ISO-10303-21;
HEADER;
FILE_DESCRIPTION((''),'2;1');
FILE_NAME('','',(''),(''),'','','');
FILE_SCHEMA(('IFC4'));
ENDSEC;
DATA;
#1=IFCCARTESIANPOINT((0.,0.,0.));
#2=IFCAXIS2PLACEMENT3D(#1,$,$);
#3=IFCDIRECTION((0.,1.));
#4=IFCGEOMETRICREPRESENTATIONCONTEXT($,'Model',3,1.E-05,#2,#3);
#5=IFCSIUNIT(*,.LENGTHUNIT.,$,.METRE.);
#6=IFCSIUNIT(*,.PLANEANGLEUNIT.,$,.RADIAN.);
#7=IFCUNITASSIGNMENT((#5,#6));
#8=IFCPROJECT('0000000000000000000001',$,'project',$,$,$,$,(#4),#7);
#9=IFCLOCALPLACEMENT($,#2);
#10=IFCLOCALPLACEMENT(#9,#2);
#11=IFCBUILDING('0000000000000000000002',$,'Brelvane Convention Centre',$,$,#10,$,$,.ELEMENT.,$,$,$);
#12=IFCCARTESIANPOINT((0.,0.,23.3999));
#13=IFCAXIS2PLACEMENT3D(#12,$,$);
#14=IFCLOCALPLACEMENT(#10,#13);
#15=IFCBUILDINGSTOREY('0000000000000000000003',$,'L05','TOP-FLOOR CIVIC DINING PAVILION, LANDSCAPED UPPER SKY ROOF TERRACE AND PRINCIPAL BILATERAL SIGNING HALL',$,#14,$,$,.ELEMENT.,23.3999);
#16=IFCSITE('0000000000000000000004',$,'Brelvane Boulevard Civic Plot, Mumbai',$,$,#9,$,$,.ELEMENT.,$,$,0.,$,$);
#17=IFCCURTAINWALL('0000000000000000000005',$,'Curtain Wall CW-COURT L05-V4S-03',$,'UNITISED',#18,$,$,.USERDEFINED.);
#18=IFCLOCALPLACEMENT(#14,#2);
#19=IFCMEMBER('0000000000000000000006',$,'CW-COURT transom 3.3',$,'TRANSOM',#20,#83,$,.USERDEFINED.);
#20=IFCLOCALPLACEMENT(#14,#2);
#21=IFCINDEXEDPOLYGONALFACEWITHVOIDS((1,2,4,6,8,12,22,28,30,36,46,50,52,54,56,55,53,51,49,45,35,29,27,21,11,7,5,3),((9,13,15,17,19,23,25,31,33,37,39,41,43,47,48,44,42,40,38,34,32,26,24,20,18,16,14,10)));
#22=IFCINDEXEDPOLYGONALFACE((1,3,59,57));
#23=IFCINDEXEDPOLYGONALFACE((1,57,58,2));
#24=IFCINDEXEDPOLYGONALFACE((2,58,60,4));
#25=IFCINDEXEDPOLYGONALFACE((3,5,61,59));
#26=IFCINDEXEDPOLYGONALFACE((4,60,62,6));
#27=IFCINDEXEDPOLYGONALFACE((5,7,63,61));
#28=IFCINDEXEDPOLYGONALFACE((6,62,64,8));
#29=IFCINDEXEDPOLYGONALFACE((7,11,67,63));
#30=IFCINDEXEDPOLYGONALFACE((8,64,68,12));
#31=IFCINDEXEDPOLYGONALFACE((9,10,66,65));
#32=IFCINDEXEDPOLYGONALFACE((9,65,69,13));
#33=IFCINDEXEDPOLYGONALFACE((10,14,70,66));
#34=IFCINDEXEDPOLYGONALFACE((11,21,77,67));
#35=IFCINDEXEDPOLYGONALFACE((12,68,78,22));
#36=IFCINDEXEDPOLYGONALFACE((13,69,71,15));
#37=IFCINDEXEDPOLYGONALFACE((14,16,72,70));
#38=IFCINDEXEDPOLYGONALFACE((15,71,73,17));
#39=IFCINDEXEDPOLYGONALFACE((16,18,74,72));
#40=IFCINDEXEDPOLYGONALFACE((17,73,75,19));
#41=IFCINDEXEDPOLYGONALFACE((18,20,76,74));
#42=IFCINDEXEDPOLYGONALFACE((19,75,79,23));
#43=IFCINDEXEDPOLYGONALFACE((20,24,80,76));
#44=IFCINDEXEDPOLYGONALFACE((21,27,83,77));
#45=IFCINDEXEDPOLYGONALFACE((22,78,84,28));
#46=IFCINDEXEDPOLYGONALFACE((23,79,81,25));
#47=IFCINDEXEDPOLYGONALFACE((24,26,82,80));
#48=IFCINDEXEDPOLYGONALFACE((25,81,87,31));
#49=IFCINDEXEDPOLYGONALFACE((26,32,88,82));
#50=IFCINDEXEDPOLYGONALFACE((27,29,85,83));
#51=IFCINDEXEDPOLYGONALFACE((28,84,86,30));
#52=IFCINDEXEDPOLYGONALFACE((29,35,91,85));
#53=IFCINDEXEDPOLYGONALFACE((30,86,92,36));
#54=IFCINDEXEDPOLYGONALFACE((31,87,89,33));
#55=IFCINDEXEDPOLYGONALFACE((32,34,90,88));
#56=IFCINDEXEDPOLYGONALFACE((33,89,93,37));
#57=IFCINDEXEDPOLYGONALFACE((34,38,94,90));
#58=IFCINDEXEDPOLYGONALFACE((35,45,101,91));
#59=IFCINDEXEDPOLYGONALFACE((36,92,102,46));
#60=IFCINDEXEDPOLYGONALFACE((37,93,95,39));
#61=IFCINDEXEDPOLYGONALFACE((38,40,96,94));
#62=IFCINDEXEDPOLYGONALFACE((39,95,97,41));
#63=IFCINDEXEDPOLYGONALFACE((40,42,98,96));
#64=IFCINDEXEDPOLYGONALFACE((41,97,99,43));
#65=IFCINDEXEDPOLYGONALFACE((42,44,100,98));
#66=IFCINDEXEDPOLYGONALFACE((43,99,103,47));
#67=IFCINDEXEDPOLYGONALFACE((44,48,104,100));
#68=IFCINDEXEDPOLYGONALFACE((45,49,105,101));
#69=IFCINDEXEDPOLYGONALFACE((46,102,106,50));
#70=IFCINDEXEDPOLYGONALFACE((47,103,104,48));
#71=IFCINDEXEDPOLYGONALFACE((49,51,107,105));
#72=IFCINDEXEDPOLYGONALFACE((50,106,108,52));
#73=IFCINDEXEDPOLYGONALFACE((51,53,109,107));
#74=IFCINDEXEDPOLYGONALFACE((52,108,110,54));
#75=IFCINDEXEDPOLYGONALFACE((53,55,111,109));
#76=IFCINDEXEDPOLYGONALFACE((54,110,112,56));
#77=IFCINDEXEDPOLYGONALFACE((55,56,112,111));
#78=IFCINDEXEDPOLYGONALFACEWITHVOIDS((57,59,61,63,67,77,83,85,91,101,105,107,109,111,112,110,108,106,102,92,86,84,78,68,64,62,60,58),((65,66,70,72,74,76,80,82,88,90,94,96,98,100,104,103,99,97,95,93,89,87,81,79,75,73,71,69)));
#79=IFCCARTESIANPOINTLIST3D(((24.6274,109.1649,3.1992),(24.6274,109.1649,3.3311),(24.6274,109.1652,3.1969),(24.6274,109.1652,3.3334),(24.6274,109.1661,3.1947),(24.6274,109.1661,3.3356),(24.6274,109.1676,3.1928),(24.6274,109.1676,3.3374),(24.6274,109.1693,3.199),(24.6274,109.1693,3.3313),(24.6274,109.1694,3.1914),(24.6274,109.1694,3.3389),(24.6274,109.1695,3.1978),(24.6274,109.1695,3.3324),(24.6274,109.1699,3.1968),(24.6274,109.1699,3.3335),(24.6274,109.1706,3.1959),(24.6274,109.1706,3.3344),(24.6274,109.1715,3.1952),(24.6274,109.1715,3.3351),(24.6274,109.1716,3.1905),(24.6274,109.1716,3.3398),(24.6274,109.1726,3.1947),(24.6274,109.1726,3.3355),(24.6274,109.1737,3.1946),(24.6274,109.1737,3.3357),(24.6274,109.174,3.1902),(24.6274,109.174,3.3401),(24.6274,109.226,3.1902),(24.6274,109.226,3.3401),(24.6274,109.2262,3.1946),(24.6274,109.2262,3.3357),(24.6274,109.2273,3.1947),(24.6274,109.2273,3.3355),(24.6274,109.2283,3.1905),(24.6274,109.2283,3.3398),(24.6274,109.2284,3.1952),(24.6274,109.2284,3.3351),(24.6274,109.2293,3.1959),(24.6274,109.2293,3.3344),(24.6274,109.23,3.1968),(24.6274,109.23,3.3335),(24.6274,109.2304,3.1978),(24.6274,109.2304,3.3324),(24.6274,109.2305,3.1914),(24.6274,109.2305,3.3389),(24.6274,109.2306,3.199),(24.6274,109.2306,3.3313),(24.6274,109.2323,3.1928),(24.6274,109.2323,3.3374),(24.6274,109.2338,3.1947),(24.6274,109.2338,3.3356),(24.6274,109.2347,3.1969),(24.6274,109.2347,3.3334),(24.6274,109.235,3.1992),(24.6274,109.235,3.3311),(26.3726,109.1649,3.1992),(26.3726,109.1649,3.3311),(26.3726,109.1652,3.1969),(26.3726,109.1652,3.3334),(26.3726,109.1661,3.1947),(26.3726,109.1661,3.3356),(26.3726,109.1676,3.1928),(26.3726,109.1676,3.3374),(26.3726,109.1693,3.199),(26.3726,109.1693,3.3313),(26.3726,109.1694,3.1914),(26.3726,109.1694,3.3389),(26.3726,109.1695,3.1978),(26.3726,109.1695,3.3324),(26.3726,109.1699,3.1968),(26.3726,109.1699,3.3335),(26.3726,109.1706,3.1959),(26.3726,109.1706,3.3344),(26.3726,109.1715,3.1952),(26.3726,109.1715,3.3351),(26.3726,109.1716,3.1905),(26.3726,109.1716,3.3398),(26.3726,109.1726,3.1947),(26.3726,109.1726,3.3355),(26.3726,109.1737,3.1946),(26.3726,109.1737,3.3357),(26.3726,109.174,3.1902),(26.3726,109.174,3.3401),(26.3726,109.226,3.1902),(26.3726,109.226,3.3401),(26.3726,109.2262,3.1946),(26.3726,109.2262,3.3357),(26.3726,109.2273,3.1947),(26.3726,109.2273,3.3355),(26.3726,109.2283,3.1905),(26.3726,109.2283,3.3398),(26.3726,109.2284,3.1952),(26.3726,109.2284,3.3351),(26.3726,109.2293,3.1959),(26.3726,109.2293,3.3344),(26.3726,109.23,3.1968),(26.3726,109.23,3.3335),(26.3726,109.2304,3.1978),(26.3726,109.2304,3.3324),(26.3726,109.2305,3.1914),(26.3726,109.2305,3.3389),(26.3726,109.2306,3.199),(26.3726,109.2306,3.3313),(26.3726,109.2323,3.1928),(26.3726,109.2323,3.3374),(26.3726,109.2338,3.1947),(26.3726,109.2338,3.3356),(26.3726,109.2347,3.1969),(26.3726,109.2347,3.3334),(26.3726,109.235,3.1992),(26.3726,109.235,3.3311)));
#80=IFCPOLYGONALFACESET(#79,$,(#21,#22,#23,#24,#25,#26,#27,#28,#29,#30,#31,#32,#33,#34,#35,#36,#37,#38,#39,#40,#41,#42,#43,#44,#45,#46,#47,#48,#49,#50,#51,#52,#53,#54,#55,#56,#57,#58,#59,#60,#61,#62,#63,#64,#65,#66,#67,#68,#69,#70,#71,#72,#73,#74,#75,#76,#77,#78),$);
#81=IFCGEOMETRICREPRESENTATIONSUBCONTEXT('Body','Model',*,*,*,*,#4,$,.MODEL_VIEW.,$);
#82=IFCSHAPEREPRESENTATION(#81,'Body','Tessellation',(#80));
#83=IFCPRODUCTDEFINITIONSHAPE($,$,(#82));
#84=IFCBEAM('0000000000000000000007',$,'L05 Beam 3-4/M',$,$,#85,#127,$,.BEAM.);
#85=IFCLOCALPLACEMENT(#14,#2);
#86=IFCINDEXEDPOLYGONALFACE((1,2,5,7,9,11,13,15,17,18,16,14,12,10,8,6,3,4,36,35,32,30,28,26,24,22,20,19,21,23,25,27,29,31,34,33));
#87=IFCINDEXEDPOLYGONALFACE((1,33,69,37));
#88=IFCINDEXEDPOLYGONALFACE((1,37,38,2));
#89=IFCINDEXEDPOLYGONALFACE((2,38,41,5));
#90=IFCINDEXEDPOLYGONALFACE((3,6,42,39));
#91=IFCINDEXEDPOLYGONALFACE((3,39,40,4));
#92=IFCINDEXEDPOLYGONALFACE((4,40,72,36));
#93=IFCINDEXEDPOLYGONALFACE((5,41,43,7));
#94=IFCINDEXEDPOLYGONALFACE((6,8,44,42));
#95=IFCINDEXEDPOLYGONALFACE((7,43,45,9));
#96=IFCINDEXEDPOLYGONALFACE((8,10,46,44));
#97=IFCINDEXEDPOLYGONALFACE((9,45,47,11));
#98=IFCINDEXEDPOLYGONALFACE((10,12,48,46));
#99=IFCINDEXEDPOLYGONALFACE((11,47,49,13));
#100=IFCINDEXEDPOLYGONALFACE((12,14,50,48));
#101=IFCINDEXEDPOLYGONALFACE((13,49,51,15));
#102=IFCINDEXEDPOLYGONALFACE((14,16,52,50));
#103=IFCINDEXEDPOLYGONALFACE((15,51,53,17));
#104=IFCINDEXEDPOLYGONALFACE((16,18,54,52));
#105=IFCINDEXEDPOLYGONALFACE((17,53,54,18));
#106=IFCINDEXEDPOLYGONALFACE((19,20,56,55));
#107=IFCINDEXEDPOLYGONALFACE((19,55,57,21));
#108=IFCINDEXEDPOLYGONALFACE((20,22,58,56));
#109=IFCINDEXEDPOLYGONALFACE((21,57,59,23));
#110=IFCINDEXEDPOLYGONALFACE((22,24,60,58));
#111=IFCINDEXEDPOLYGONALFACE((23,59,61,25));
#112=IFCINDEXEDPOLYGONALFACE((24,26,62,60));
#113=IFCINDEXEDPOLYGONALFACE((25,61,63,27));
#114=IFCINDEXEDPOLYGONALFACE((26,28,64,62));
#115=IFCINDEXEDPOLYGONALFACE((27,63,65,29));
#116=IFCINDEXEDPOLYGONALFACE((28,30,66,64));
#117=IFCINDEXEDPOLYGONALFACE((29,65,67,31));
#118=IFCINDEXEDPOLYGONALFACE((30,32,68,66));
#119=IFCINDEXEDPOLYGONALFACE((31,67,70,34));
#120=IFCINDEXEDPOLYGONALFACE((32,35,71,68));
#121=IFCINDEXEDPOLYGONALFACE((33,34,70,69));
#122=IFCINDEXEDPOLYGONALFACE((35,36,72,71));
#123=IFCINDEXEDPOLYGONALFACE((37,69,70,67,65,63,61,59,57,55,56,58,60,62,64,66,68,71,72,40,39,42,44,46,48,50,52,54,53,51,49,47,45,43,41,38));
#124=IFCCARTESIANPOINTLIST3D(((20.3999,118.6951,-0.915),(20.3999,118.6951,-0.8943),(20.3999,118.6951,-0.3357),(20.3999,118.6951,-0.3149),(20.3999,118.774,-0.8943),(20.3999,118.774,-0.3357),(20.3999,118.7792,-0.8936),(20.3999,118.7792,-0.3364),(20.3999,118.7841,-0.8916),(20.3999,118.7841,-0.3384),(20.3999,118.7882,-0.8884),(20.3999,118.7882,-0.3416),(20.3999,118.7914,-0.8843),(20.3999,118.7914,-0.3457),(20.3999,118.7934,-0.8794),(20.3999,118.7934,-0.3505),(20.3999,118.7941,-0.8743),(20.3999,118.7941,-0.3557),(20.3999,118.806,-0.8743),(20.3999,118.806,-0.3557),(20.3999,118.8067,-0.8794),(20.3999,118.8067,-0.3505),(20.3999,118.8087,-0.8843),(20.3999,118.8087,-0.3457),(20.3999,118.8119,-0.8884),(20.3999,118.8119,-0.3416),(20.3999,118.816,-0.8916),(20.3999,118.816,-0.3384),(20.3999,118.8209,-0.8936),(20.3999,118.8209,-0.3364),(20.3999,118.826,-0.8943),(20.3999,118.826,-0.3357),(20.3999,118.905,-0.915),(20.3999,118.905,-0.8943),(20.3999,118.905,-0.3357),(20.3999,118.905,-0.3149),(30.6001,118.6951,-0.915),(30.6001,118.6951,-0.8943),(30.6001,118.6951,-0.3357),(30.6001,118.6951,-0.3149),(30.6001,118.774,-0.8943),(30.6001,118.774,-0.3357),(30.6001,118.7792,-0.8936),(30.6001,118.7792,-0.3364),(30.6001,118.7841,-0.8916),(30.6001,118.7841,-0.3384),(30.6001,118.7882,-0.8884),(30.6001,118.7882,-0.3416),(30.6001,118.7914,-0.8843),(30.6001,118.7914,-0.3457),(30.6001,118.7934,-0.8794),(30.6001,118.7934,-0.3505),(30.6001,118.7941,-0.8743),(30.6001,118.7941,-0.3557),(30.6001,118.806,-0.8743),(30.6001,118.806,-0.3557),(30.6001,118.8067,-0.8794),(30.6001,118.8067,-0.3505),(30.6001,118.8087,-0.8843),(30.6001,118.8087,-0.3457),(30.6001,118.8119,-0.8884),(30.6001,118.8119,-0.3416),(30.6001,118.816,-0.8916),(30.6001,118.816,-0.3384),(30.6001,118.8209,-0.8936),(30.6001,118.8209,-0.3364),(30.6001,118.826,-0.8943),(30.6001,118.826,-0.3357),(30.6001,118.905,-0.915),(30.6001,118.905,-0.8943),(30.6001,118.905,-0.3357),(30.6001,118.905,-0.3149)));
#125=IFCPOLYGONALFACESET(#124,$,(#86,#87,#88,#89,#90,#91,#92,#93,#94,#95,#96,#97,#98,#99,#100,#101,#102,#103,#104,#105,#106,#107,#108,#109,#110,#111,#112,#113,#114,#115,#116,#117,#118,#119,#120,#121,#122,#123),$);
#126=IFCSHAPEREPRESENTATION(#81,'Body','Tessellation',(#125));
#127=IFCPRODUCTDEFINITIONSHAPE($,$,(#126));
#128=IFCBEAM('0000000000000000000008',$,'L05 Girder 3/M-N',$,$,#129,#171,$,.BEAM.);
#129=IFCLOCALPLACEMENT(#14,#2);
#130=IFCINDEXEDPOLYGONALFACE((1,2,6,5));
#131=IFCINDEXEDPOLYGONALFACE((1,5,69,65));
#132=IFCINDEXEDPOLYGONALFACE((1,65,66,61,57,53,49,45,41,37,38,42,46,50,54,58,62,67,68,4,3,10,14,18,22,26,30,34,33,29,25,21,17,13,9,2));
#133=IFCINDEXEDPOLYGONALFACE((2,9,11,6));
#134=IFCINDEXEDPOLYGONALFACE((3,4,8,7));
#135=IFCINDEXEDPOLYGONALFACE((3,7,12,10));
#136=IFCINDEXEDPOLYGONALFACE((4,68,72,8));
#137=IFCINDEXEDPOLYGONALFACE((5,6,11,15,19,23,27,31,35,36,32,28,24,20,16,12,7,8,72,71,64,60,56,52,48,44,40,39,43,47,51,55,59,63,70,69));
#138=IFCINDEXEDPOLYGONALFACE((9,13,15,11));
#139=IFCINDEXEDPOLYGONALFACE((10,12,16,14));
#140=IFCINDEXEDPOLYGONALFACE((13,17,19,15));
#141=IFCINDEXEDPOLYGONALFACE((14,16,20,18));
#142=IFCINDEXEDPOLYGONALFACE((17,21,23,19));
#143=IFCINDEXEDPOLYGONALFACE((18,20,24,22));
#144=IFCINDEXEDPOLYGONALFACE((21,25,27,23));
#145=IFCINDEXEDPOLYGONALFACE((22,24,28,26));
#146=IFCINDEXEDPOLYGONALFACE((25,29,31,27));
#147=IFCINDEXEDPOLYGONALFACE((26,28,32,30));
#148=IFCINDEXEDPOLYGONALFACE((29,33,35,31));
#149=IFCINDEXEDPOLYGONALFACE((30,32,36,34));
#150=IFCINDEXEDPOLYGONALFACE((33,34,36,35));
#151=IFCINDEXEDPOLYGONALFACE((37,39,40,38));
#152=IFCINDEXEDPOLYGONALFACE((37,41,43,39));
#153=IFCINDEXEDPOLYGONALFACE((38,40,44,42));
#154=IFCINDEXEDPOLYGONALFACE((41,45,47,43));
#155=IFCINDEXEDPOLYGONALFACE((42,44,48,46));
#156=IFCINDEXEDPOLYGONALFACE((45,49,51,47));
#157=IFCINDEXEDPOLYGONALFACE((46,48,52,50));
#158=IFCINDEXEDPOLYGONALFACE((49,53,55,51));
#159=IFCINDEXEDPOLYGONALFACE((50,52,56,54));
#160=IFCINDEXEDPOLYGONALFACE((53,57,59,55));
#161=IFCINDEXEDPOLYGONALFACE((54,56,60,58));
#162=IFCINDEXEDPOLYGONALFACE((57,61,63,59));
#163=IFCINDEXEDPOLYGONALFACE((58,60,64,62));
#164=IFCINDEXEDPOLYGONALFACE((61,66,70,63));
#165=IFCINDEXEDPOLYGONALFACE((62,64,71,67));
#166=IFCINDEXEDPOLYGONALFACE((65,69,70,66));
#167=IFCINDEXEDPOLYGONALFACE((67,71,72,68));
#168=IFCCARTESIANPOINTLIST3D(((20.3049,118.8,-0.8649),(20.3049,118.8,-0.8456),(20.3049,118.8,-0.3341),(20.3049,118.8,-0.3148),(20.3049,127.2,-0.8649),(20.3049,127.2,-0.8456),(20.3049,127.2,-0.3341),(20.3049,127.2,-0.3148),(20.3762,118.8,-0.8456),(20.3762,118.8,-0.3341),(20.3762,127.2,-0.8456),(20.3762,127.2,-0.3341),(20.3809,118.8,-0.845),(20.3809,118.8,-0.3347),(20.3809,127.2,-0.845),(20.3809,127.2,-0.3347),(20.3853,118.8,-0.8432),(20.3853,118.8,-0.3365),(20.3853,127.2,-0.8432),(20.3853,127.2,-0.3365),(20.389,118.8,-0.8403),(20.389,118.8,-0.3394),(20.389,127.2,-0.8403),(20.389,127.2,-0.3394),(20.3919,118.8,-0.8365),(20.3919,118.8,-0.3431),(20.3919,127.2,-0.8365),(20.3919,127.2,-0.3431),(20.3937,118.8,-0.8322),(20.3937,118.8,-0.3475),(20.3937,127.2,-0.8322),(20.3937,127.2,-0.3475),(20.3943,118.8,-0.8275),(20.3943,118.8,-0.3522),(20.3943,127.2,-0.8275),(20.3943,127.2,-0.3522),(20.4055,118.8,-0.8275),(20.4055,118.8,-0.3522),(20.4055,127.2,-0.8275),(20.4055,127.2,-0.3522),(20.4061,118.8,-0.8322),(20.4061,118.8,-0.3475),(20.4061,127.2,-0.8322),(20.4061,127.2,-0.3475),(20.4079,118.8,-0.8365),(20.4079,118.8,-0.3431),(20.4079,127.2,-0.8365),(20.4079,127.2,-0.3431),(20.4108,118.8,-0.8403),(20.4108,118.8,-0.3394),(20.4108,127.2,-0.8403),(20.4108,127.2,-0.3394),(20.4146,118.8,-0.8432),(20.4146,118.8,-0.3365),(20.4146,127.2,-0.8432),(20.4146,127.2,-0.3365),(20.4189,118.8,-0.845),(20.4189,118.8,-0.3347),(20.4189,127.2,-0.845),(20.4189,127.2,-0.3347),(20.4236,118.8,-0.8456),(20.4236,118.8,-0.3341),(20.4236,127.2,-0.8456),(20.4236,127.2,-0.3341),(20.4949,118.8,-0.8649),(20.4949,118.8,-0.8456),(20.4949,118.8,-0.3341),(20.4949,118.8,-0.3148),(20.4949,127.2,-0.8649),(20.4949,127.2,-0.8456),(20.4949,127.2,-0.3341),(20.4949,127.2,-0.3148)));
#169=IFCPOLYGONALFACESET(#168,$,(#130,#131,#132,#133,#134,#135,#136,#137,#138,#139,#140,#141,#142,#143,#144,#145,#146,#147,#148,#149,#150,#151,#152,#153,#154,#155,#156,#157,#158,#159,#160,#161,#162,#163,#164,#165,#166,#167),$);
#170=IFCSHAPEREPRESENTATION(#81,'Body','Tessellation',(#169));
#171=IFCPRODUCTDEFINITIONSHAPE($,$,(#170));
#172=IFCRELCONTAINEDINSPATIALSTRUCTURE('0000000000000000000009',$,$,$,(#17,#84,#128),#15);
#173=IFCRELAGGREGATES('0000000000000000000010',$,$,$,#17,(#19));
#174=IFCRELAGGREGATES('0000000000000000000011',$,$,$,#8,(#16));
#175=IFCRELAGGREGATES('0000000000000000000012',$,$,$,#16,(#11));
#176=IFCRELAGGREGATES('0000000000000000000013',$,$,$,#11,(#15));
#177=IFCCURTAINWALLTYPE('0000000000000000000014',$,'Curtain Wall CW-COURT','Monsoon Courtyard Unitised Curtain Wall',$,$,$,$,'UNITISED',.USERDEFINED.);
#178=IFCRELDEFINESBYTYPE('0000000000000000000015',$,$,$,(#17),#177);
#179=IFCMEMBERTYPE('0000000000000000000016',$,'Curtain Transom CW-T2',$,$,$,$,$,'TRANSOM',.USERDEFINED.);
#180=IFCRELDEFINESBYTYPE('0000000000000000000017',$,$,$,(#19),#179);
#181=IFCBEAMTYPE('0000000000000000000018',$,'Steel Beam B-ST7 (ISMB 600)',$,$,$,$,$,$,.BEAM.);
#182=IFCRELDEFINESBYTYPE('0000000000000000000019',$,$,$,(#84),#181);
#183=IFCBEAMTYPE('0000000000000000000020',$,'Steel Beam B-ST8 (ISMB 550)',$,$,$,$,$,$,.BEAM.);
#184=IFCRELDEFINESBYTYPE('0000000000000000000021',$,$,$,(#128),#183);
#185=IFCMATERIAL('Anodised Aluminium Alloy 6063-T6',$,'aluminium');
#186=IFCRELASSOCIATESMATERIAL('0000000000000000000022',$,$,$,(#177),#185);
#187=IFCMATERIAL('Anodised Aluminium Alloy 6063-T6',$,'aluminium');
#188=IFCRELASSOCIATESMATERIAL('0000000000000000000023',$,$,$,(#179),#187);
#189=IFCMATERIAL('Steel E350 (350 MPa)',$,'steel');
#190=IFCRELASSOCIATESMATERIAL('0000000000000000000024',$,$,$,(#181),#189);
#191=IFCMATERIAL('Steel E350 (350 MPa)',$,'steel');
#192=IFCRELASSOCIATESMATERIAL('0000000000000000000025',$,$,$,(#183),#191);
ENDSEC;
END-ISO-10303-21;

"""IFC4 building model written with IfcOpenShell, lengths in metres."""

from ifc_helpers import new_model, si_unit, direction, frame, origin, origin_2d, place, context, subcontext, project, spatial, hollow_rectangle, i_section, extrude, material, material_profile, profile_set, type_object, element, aggregate, save


model = new_model("IFC4")

# Units and contexts
model_context = context("Model", 3, precision=1e-05, world=origin(), true_north=direction((0.0, 1.0)))
body_context = subcontext(model_context, "Body", "Model", "MODEL_VIEW")
ifc_project = project(units=[si_unit("LENGTHUNIT", "METRE"), si_unit("PLANEANGLEUNIT", "RADIAN")], contexts=[model_context])

# Site, building, storey
site_placement = place(None, origin())
site = spatial("IfcSite", under=ifc_project, at=site_placement, Name="Brelvane Boulevard Civic Plot, Mumbai", CompositionType="ELEMENT", RefElevation=0.0)
building_placement = place(site_placement, origin())
building = spatial("IfcBuilding", under=site, at=building_placement, Name="Brelvane Convention Centre", CompositionType="ELEMENT")
storey_placement = place(building_placement, frame((0.0, 0.0, 23.3999)))
storey = spatial("IfcBuildingStorey", under=building, at=storey_placement, Name="L05", Description="TOP-FLOOR CIVIC DINING PAVILION, LANDSCAPED UPPER SKY ROOF TERRACE AND PRINCIPAL BILATERAL SIGNING HALL", CompositionType="ELEMENT", Elevation=23.3999)

# Curtain wall, member
ifc_material_1 = material(Name="Anodised Aluminium Alloy 6063-T6", Category="aluminium")
curtain_wall_type = type_object("IfcCurtainWallType", Name="Curtain Wall CW-COURT", Description="Monsoon Courtyard Unitised Curtain Wall", ElementType="UNITISED", PredefinedType="USERDEFINED", material=ifc_material_1)
curtain_wall_placement = place(storey_placement, origin())
curtain_wall = element("IfcCurtainWall", 1, at=curtain_wall_placement, inside=storey, type_object=curtain_wall_type, Name="Curtain Wall CW-COURT L05-V4S-03", ObjectType="UNITISED", PredefinedType="USERDEFINED")
ifc_material_2 = material(Name="Anodised Aluminium Alloy 6063-T6", Category="aluminium")
ifc_material_profile_1 = material_profile(ifc_material_2, hollow_rectangle(XDim=0.0701, YDim=0.1499, WallThickness=0.0044, InnerFilletRadius=0.0044, OuterFilletRadius=0.009, at=origin_2d()), Name="ALU-T 150x70x4.5")
ifc_profile_set_1 = profile_set([ifc_material_profile_1], Name="Anodised Aluminium Alloy 6063-T6")
member_type = type_object("IfcMemberType", Name="Curtain Transom CW-T2", ElementType="TRANSOM", PredefinedType="USERDEFINED", material=ifc_profile_set_1)
member_1_placement = place(storey_placement, frame((24.6274, 109.2, 3.2651), z_axis=(1.0, 0.0, 0.0), x_axis=(0.0, 1.0, 0.0)))
member_1 = element("IfcMember", 2, at=member_1_placement, type_object=member_type, Name="CW-COURT transom 3.3", ObjectType="TRANSOM", PredefinedType="USERDEFINED", context=body_context, shape_type="SweptSolid", body=[
    extrude(hollow_rectangle(XDim=0.0701, YDim=0.1499, WallThickness=0.0044, InnerFilletRadius=0.0044, OuterFilletRadius=0.009, at=origin_2d()), origin(), (0.0, 0.0, 1.0), 1.7451),
])

# Beams
ifc_material_3 = material(Name="Steel E350 (350 MPa)", Category="steel")
ifc_material_profile_2 = material_profile(ifc_material_3, i_section(OverallWidth=0.21, OverallDepth=0.6001, WebThickness=0.012, FlangeThickness=0.0208, FilletRadius=0.02, at=origin_2d()), Name="ISMB 600")
ifc_profile_set_2 = profile_set([ifc_material_profile_2], Name="Steel E350 (350 MPa)")
beam_type_1 = type_object("IfcBeamType", Name="Steel Beam B-ST7 (ISMB 600)", PredefinedType="BEAM", material=ifc_profile_set_2)
beam_1_placement = place(storey_placement, frame((20.3999, 118.8, -0.615), z_axis=(1.0, 0.0, 0.0), x_axis=(0.0, 1.0, 0.0)))
element("IfcBeam", 3, at=beam_1_placement, inside=storey, type_object=beam_type_1, Name="L05 Beam 3-4/M", PredefinedType="BEAM", context=body_context, shape_type="SweptSolid", body=[
    extrude(i_section(OverallWidth=0.21, OverallDepth=0.6001, WebThickness=0.012, FlangeThickness=0.0208, FilletRadius=0.02, at=origin_2d()), origin(), (0.0, 0.0, 1.0), 10.2002),
])
ifc_material_4 = material(Name="Steel E350 (350 MPa)", Category="steel")
ifc_material_profile_3 = material_profile(ifc_material_4, i_section(OverallWidth=0.1899, OverallDepth=0.55, WebThickness=0.0112, FlangeThickness=0.0193, FilletRadius=0.0181, at=origin_2d()), Name="ISMB 550")
ifc_profile_set_3 = profile_set([ifc_material_profile_3], Name="Steel E350 (350 MPa)")
beam_type_2 = type_object("IfcBeamType", Name="Steel Beam B-ST8 (ISMB 550)", PredefinedType="BEAM", material=ifc_profile_set_3)
beam_2_placement = place(storey_placement, frame((20.3999, 118.8, -0.5898), z_axis=(0.0, 1.0, 0.0), x_axis=(-1.0, 0.0, 0.0)))
element("IfcBeam", 4, at=beam_2_placement, inside=storey, type_object=beam_type_2, Name="L05 Girder 3/M-N", PredefinedType="BEAM", context=body_context, shape_type="SweptSolid", body=[
    extrude(i_section(OverallWidth=0.1899, OverallDepth=0.55, WebThickness=0.0112, FlangeThickness=0.0193, FilletRadius=0.0181, at=origin_2d()), origin(), (0.0, 0.0, 1.0), 8.3999),
])

aggregate(curtain_wall, [member_1])

save(model, "model.ifc")
